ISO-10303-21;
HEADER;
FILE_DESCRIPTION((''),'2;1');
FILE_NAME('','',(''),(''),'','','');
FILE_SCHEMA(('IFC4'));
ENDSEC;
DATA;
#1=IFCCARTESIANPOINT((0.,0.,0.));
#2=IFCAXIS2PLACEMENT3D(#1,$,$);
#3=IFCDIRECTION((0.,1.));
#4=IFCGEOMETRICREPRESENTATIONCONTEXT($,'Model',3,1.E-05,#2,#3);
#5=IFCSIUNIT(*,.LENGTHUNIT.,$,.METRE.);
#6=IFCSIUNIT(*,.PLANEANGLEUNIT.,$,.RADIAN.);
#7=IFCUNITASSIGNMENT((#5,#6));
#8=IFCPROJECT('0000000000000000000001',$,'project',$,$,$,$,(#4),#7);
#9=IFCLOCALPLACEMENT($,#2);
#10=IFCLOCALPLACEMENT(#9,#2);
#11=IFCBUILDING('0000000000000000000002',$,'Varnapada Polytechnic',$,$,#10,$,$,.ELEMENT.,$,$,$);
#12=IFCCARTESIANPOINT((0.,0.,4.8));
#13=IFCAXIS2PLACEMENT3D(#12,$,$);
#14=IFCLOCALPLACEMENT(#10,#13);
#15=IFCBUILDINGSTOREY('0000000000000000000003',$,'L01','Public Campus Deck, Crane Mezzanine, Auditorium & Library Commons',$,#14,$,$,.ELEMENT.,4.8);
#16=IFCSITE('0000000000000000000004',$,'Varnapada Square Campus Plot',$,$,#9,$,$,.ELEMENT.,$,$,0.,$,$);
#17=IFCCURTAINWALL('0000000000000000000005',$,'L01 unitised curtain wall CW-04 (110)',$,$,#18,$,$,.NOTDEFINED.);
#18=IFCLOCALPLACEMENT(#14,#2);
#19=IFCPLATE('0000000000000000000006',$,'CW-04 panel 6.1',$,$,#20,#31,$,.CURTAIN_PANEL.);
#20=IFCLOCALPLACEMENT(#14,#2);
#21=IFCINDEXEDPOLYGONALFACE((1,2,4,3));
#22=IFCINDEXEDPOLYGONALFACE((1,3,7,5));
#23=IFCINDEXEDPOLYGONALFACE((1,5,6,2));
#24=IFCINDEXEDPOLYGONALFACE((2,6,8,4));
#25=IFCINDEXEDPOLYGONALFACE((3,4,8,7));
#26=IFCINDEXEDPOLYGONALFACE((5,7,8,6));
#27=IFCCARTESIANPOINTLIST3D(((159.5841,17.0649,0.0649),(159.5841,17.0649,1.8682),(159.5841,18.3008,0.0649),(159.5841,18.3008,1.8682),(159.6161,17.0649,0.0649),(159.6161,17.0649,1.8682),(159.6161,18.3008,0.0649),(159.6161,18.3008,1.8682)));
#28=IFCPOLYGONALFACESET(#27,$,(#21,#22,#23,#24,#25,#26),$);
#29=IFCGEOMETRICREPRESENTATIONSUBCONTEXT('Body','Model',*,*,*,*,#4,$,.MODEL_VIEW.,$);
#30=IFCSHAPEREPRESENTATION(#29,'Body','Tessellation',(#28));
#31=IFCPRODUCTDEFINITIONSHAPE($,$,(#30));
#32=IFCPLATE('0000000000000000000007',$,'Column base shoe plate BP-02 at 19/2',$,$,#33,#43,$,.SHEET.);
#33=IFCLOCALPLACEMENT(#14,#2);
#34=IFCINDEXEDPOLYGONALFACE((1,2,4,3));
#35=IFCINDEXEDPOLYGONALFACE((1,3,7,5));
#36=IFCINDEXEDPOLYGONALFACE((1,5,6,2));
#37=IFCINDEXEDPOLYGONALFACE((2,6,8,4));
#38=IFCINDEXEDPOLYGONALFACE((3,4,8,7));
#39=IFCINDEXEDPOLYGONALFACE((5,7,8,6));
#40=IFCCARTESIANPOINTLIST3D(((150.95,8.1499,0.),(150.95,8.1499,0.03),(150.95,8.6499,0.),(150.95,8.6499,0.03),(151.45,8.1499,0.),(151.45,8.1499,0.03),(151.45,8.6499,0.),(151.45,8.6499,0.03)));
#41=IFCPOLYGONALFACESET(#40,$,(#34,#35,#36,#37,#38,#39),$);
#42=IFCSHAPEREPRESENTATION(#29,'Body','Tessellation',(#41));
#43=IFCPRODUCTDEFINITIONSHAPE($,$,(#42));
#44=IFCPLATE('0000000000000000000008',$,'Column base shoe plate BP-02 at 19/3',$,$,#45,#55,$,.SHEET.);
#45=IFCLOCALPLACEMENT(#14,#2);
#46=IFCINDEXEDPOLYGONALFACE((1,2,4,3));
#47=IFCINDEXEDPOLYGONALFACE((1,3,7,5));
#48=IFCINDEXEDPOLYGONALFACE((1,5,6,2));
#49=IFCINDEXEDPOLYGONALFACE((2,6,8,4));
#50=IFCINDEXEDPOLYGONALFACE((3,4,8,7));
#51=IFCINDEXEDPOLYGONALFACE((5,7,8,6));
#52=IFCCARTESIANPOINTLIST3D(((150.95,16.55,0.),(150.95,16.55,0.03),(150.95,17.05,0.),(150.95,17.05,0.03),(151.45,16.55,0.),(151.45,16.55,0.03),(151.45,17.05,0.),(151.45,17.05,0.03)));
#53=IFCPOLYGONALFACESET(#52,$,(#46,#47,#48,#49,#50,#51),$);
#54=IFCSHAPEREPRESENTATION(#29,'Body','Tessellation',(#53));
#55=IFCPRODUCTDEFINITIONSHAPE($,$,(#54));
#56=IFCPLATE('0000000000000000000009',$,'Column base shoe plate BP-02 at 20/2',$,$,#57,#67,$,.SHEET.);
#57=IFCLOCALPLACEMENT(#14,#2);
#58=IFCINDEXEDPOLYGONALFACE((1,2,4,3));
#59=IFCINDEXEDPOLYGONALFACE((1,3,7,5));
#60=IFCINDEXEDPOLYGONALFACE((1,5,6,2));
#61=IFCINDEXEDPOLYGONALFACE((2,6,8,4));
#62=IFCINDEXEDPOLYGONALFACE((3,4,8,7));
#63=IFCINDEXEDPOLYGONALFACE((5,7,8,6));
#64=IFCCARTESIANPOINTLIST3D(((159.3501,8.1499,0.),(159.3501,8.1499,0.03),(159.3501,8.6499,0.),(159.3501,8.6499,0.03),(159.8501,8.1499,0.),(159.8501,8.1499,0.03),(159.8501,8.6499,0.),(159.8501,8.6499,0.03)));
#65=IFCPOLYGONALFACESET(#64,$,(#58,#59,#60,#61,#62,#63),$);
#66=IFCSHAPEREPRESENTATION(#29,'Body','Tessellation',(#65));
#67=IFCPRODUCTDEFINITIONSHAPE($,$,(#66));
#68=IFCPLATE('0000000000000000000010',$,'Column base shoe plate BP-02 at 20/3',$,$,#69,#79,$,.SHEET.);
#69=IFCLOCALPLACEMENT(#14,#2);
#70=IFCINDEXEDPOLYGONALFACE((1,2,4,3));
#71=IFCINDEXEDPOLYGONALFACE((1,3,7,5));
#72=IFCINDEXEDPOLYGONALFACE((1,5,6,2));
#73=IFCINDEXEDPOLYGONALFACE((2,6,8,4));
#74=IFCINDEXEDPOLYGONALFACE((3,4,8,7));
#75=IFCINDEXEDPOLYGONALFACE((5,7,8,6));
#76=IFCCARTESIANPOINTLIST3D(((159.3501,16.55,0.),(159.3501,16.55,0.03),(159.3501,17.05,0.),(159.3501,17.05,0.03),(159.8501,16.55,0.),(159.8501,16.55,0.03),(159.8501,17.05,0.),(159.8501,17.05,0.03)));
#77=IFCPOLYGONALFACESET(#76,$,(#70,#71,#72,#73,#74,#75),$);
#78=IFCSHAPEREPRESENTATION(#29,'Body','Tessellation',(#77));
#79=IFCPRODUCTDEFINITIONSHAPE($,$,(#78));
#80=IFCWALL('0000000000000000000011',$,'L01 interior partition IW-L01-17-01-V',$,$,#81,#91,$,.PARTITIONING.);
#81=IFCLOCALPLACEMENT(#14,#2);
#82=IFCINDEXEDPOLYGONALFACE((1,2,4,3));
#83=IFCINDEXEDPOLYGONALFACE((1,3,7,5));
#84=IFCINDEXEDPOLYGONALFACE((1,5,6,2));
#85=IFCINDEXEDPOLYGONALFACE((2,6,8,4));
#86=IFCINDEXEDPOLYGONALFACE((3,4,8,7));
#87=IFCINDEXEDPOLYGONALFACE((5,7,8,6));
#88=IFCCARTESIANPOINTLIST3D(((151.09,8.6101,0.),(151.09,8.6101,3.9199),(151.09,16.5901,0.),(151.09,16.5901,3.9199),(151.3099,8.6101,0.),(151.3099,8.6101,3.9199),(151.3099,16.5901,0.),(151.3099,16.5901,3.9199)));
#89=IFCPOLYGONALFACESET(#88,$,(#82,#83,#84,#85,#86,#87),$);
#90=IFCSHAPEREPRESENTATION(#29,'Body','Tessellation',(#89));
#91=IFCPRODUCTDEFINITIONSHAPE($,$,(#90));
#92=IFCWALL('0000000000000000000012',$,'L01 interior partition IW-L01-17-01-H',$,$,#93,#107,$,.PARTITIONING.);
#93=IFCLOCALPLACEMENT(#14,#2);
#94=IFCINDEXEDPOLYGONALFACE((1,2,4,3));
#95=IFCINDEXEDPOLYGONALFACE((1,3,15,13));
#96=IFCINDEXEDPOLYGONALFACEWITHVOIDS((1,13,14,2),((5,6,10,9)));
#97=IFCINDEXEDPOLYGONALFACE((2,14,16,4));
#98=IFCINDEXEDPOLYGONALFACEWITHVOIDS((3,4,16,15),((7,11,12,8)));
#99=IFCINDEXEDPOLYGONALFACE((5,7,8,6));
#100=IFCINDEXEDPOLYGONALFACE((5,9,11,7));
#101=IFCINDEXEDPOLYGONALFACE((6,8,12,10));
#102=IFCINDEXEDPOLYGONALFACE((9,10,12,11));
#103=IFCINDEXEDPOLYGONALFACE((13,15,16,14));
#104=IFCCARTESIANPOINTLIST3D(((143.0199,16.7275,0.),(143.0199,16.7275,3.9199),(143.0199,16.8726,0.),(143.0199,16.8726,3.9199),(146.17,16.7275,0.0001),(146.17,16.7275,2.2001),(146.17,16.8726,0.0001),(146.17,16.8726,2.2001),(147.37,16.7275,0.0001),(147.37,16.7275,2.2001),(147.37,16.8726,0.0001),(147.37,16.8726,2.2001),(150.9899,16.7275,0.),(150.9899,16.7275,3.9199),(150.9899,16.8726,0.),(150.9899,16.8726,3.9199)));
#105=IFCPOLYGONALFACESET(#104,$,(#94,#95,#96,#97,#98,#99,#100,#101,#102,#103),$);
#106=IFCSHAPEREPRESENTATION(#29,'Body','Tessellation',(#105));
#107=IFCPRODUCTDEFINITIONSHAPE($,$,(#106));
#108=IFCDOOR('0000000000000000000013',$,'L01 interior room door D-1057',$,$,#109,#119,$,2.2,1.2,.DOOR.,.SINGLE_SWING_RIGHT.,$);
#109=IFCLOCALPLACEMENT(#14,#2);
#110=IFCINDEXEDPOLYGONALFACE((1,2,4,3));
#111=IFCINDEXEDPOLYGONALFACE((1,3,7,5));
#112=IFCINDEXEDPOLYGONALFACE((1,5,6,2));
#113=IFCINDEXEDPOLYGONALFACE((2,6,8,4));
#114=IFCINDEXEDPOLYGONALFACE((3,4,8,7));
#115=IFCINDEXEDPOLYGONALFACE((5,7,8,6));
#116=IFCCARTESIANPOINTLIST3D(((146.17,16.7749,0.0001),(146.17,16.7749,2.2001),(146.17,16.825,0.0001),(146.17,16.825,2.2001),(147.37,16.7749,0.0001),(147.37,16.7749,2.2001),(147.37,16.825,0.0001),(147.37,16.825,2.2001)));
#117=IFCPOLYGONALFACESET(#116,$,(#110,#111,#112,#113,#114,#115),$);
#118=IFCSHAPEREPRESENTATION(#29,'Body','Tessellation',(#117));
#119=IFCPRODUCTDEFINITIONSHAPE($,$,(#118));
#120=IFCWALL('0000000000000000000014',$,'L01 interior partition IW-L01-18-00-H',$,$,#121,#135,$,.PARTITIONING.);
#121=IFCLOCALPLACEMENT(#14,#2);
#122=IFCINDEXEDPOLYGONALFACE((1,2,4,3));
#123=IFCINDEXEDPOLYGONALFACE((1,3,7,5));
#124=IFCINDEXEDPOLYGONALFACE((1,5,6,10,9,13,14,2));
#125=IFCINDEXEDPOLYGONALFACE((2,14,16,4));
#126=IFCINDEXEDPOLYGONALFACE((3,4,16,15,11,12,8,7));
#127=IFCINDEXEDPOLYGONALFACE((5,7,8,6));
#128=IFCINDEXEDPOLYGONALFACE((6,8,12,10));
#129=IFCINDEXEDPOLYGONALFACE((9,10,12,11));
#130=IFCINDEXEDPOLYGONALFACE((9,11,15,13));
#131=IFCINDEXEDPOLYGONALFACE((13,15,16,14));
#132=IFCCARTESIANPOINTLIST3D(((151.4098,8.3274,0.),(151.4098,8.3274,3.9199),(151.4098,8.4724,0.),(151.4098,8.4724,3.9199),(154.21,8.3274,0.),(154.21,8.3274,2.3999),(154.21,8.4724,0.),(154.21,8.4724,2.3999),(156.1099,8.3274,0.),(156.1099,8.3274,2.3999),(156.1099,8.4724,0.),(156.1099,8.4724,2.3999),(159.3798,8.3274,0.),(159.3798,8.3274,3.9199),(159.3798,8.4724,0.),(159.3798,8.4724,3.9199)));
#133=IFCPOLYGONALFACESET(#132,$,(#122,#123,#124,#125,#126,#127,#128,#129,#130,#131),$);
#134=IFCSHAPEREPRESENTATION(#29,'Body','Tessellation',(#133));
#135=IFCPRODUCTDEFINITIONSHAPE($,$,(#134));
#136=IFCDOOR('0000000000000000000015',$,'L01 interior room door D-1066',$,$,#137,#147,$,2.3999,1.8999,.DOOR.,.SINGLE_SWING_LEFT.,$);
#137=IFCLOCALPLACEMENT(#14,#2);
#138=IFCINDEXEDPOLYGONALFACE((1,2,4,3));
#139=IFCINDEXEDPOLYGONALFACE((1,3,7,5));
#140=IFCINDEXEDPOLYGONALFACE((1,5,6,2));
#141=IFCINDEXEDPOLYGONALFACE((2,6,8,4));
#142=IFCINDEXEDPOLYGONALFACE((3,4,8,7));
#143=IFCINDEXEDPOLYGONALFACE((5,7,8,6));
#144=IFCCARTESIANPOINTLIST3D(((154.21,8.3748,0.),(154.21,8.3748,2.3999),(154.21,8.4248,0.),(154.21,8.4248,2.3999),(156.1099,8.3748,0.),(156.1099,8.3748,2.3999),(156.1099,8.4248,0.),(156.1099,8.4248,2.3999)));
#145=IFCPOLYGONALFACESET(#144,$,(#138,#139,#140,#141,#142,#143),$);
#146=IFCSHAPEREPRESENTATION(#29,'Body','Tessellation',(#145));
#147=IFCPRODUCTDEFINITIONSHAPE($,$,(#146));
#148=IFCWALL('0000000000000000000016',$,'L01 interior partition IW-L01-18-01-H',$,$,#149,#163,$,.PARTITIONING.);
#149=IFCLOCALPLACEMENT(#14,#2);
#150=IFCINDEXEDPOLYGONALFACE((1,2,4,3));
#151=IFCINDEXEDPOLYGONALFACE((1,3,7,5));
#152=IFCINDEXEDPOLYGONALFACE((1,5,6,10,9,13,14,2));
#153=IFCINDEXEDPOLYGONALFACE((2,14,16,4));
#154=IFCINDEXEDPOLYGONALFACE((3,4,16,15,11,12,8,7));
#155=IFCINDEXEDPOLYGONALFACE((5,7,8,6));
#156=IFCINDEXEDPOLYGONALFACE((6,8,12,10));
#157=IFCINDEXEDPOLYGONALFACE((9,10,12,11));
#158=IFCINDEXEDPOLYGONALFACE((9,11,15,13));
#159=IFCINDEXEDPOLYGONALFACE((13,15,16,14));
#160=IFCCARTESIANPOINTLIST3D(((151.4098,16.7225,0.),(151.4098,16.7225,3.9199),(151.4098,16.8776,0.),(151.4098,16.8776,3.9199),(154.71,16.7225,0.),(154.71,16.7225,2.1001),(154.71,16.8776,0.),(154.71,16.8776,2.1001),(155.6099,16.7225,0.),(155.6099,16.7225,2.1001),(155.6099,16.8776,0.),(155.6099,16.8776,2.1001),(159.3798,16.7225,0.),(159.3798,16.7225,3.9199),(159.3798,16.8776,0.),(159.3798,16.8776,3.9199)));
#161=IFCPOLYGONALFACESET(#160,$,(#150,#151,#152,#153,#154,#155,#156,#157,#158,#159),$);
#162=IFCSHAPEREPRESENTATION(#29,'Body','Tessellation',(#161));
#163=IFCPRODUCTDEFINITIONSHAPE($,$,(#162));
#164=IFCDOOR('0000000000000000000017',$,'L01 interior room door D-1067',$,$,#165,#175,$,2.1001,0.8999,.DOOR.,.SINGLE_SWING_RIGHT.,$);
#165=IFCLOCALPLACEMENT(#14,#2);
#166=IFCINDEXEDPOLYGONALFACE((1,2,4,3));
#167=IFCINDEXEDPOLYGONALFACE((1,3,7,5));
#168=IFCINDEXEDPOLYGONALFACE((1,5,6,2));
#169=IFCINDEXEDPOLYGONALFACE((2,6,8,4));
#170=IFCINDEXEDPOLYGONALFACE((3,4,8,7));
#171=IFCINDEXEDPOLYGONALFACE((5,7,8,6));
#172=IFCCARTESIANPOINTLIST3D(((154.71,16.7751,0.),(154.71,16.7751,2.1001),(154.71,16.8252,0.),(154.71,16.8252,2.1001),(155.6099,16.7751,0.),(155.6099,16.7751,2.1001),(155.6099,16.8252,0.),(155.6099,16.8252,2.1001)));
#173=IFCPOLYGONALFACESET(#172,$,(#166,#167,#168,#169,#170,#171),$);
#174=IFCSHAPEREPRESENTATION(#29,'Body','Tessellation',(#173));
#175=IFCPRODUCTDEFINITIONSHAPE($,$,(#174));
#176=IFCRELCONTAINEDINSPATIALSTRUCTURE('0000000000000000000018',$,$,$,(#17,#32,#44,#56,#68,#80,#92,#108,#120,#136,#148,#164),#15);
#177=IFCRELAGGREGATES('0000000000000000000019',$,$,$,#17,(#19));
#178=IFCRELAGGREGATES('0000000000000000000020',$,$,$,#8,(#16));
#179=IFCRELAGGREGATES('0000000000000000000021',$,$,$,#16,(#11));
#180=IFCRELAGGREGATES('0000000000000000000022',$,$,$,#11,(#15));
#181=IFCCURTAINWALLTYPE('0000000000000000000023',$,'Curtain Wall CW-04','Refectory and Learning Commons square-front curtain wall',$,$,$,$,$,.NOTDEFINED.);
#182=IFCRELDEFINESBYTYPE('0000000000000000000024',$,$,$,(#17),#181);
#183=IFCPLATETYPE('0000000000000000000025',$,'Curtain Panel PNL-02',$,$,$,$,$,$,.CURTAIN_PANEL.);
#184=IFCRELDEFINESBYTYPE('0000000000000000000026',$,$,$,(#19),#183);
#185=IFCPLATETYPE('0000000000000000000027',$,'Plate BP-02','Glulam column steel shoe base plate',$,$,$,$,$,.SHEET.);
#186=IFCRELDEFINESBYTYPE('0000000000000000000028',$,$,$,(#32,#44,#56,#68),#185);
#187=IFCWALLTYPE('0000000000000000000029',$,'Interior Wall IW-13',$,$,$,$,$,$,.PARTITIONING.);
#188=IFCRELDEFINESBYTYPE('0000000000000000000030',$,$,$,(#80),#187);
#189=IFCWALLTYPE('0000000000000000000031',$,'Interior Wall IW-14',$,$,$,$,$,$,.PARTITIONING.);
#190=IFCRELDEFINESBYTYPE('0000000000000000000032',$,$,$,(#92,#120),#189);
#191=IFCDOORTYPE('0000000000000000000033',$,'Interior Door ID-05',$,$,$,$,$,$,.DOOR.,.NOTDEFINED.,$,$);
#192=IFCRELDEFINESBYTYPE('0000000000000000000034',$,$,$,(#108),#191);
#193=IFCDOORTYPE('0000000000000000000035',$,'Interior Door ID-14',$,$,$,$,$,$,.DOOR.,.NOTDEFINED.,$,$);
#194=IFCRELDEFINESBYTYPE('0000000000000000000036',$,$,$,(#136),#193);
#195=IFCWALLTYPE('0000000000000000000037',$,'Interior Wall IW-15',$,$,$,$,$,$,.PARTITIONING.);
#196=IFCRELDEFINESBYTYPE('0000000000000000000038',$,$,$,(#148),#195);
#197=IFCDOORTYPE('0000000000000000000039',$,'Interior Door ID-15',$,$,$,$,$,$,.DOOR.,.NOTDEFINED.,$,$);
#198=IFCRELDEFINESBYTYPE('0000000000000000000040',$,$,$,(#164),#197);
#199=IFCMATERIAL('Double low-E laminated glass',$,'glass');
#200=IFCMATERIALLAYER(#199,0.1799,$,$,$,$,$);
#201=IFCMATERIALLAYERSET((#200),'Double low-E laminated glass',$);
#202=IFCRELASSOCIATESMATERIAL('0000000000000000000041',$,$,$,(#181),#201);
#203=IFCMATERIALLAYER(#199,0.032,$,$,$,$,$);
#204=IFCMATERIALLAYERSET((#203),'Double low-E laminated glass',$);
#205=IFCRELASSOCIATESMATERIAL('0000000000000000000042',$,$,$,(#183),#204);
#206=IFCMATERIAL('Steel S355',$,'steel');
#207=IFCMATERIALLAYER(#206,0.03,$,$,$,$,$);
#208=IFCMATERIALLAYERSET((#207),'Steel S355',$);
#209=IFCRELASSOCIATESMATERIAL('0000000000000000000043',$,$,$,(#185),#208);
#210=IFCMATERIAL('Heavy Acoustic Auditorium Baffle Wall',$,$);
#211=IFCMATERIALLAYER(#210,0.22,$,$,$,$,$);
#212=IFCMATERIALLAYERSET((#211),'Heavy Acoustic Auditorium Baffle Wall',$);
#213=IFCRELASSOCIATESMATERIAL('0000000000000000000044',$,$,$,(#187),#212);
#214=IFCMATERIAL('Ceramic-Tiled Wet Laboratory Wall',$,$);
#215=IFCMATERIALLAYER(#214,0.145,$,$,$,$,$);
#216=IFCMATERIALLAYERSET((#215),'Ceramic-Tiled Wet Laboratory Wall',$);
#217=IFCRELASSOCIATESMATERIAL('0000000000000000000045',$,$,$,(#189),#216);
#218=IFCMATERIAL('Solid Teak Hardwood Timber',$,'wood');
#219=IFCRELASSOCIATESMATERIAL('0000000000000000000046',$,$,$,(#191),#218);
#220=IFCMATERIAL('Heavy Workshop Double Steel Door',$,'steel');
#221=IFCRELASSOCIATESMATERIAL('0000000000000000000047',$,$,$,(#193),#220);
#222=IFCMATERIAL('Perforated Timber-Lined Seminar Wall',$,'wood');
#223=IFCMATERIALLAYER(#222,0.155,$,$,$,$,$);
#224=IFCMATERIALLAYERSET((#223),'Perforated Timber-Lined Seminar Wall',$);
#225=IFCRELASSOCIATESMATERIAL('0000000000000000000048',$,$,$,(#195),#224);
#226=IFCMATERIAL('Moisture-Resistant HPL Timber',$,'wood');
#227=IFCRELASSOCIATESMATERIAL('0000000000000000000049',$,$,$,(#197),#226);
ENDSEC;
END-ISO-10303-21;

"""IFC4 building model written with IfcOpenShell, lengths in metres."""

from ifc_helpers import new_model, si_unit, direction, frame, frame_2d, origin, origin_2d, place, context, subcontext, project, spatial, rectangle, extrude, material, layer, layer_set, type_object, element, fill, aggregate, save


model = new_model("IFC4")

# Units and contexts
model_context = context("Model", 3, precision=1e-05, world=origin(), true_north=direction((0.0, 1.0)))
body_context = subcontext(model_context, "Body", "Model", "MODEL_VIEW")
ifc_project = project(units=[si_unit("LENGTHUNIT", "METRE"), si_unit("PLANEANGLEUNIT", "RADIAN")], contexts=[model_context])

# Site, building, storey
site_placement = place(None, origin())
site = spatial("IfcSite", under=ifc_project, at=site_placement, Name="Varnapada Square Campus Plot", CompositionType="ELEMENT", RefElevation=0.0)
building_placement = place(site_placement, origin())
building = spatial("IfcBuilding", under=site, at=building_placement, Name="Varnapada Polytechnic", CompositionType="ELEMENT")
storey_placement = place(building_placement, frame((0.0, 0.0, 4.8)))
storey = spatial("IfcBuildingStorey", under=building, at=storey_placement, Name="L01", Description="Public Campus Deck, Crane Mezzanine, Auditorium & Library Commons", CompositionType="ELEMENT", Elevation=4.8)

# Curtain wall
ifc_material_1 = material(Name="Double low-E laminated glass", Category="glass")
ifc_layer_1 = layer(ifc_material_1, 0.1799)
ifc_layer_set_1 = layer_set([ifc_layer_1], Name="Double low-E laminated glass")
curtain_wall_type = type_object("IfcCurtainWallType", Name="Curtain Wall CW-04", Description="Refectory and Learning Commons square-front curtain wall", PredefinedType="NOTDEFINED", material=ifc_layer_set_1)
curtain_wall_placement = place(storey_placement, origin())
curtain_wall = element("IfcCurtainWall", 1, at=curtain_wall_placement, inside=storey, type_object=curtain_wall_type, Name="L01 unitised curtain wall CW-04 (110)", PredefinedType="NOTDEFINED")

# Plate
ifc_layer_2 = layer(ifc_material_1, 0.032)
ifc_layer_set_2 = layer_set([ifc_layer_2], Name="Double low-E laminated glass")
plate_type_1 = type_object("IfcPlateType", Name="Curtain Panel PNL-02", PredefinedType="CURTAIN_PANEL", material=ifc_layer_set_2)
plate_placement = place(storey_placement, frame((159.6001, 17.6829, 0.0649), z_axis=(0.0, 0.0, 1.0), x_axis=(0.0, -1.0, 0.0)))
plate = element("IfcPlate", 2, at=plate_placement, type_object=plate_type_1, Name="CW-04 panel 6.1", PredefinedType="CURTAIN_PANEL", context=body_context, shape_type="SweptSolid", body=[
    extrude(rectangle(XDim=1.2358, YDim=0.032, at=origin_2d()), origin(), (0.0, 0.0, 1.0), 1.8032),
])
aggregate(curtain_wall, [plate])

# Plates
ifc_material_2 = material(Name="Steel S355", Category="steel")
ifc_layer_3 = layer(ifc_material_2, 0.03)
ifc_layer_set_3 = layer_set([ifc_layer_3], Name="Steel S355")
plate_type_2 = type_object("IfcPlateType", Name="Plate BP-02", Description="Glulam column steel shoe base plate", PredefinedType="SHEET", material=ifc_layer_set_3)
for number, where, z_axis, x_axis, name in (
    (3, (151.2, 8.3999, 0.0), (0.0, 0.0, 1.0), (1.0, 0.0, 0.0), "Column base shoe plate BP-02 at 19/2"),
    (4, (151.2, 16.8, 0.0), (0.0, 0.0, 1.0), (1.0, 0.0, 0.0), "Column base shoe plate BP-02 at 19/3"),
    (5, (159.6001, 8.3999, 0.0), (0.0, 0.0, 1.0), (1.0, 0.0, 0.0), "Column base shoe plate BP-02 at 20/2"),
    (6, (159.6001, 16.8, 0.0), (0.0, 0.0, 1.0), (1.0, 0.0, 0.0), "Column base shoe plate BP-02 at 20/3"),
):
    element("IfcPlate", number, at=place(storey_placement, frame(where, z_axis=z_axis, x_axis=x_axis)), inside=storey, type_object=plate_type_2, Name=name, PredefinedType="SHEET", context=body_context, shape_type="SweptSolid", body=[
        extrude(rectangle(XDim=0.5, YDim=0.5, at=origin_2d()), origin(), (0.0, 0.0, 1.0), 0.03),
    ])

# Wall
ifc_material_3 = material(Name="Heavy Acoustic Auditorium Baffle Wall")
ifc_layer_4 = layer(ifc_material_3, 0.22)
ifc_layer_set_4 = layer_set([ifc_layer_4], Name="Heavy Acoustic Auditorium Baffle Wall")
wall_type_1 = type_object("IfcWallType", Name="Interior Wall IW-13", PredefinedType="PARTITIONING", material=ifc_layer_set_4)
wall_1_placement = place(storey_placement, frame((151.2, 8.6101, 0.0), z_axis=(0.0, 0.0, 1.0), x_axis=(0.0, 1.0, 0.0)))
element("IfcWall", 7, at=wall_1_placement, inside=storey, type_object=wall_type_1, Name="L01 interior partition IW-L01-17-01-V", PredefinedType="PARTITIONING", context=body_context, shape_type="SweptSolid", body=[
    extrude(rectangle(XDim=7.98, YDim=0.22, at=frame_2d((3.99, 0.0))), origin(), (0.0, 0.0, 1.0), 3.9199),
])

# Walls, openings, doors
ifc_material_4 = material(Name="Ceramic-Tiled Wet Laboratory Wall")
ifc_layer_5 = layer(ifc_material_4, 0.145)
ifc_layer_set_5 = layer_set([ifc_layer_5], Name="Ceramic-Tiled Wet Laboratory Wall")
wall_type_2 = type_object("IfcWallType", Name="Interior Wall IW-14", PredefinedType="PARTITIONING", material=ifc_layer_set_5)
wall_2_placement = place(storey_placement, frame((143.02, 16.8, 0.0), z_axis=(0.0, 0.0, 1.0), x_axis=(1.0, 0.0, 0.0)))
wall_2 = element("IfcWall", 8, at=wall_2_placement, inside=storey, type_object=wall_type_2, Name="L01 interior partition IW-L01-17-01-H", PredefinedType="PARTITIONING", context=body_context, shape_type="SweptSolid", body=[
    extrude(rectangle(XDim=7.97, YDim=0.145, at=frame_2d((3.9849, 0.0))), origin(), (0.0, 0.0, 1.0), 3.9199),
])
opening_1_placement = place(wall_2_placement, frame((3.1499, 0.0, 0.0)))
opening_1 = element("IfcOpeningElement", 9, at=opening_1_placement, cuts=wall_2, PredefinedType="OPENING", context=body_context, shape_type="SweptSolid", body=[
    extrude(rectangle(XDim=1.2, YDim=2.2, at=frame_2d((0.6001, 1.1001))), frame((0.0, 0.0825, 0.0), z_axis=(0.0, -1.0, 0.0), x_axis=(1.0, 0.0, 0.0)), (0.0, 0.0, 1.0), 0.165),
])
ifc_material_5 = material(Name="Solid Teak Hardwood Timber", Category="wood")
door_type_1 = type_object("IfcDoorType", Name="Interior Door ID-05", OperationType="NOTDEFINED", PredefinedType="DOOR", material=ifc_material_5)
door_1_placement = place(opening_1_placement, origin())
door_1 = element("IfcDoor", 10, at=door_1_placement, inside=storey, type_object=door_type_1, Name="L01 interior room door D-1057", OperationType="SINGLE_SWING_RIGHT", OverallHeight=2.2, OverallWidth=1.2, PredefinedType="DOOR", context=body_context, shape_type="SweptSolid", body=[
    extrude(rectangle(XDim=1.2, YDim=2.2, at=frame_2d((0.6001, 1.1001))), frame((0.0, 0.0249, 0.0), z_axis=(0.0, -1.0, 0.0), x_axis=(1.0, 0.0, 0.0)), (0.0, 0.0, 1.0), 0.05),
])
fill(opening_1, door_1)
wall_3_placement = place(storey_placement, frame((151.4099, 8.3999, 0.0), z_axis=(0.0, 0.0, 1.0), x_axis=(1.0, 0.0, 0.0)))
wall_3 = element("IfcWall", 11, at=wall_3_placement, inside=storey, type_object=wall_type_2, Name="L01 interior partition IW-L01-18-00-H", PredefinedType="PARTITIONING", context=body_context, shape_type="SweptSolid", body=[
    extrude(rectangle(XDim=7.97, YDim=0.145, at=frame_2d((3.9849, 0.0))), origin(), (0.0, 0.0, 1.0), 3.9199),
])
opening_2_placement = place(wall_3_placement, frame((2.8, 0.0, 0.0)))
opening_2 = element("IfcOpeningElement", 12, at=opening_2_placement, cuts=wall_3, PredefinedType="OPENING", context=body_context, shape_type="SweptSolid", body=[
    extrude(rectangle(XDim=1.8999, YDim=2.3999, at=frame_2d((0.95, 1.2))), frame((0.0, 0.0825, 0.0), z_axis=(0.0, -1.0, 0.0), x_axis=(1.0, 0.0, 0.0)), (0.0, 0.0, 1.0), 0.165),
])
ifc_material_6 = material(Name="Heavy Workshop Double Steel Door", Category="steel")
door_type_2 = type_object("IfcDoorType", Name="Interior Door ID-14", OperationType="NOTDEFINED", PredefinedType="DOOR", material=ifc_material_6)
door_2_placement = place(opening_2_placement, origin())
door_2 = element("IfcDoor", 13, at=door_2_placement, inside=storey, type_object=door_type_2, Name="L01 interior room door D-1066", OperationType="SINGLE_SWING_LEFT", OverallHeight=2.3999, OverallWidth=1.8999, PredefinedType="DOOR", context=body_context, shape_type="SweptSolid", body=[
    extrude(rectangle(XDim=1.8999, YDim=2.3999, at=frame_2d((0.95, 1.2))), frame((0.0, 0.0249, 0.0), z_axis=(0.0, -1.0, 0.0), x_axis=(1.0, 0.0, 0.0)), (0.0, 0.0, 1.0), 0.05),
])
fill(opening_2, door_2)
ifc_material_7 = material(Name="Perforated Timber-Lined Seminar Wall", Category="wood")
ifc_layer_6 = layer(ifc_material_7, 0.155)
ifc_layer_set_6 = layer_set([ifc_layer_6], Name="Perforated Timber-Lined Seminar Wall")
wall_type_3 = type_object("IfcWallType", Name="Interior Wall IW-15", PredefinedType="PARTITIONING", material=ifc_layer_set_6)
wall_4_placement = place(storey_placement, frame((151.4099, 16.8, 0.0), z_axis=(0.0, 0.0, 1.0), x_axis=(1.0, 0.0, 0.0)))
wall_4 = element("IfcWall", 14, at=wall_4_placement, inside=storey, type_object=wall_type_3, Name="L01 interior partition IW-L01-18-01-H", PredefinedType="PARTITIONING", context=body_context, shape_type="SweptSolid", body=[
    extrude(rectangle(XDim=7.97, YDim=0.155, at=frame_2d((3.9849, 0.0))), origin(), (0.0, 0.0, 1.0), 3.9199),
])
opening_3_placement = place(wall_4_placement, frame((3.3, 0.0, 0.0)))
opening_3 = element("IfcOpeningElement", 15, at=opening_3_placement, cuts=wall_4, PredefinedType="OPENING", context=body_context, shape_type="SweptSolid", body=[
    extrude(rectangle(XDim=0.8999, YDim=2.1001, at=frame_2d((0.45, 1.05))), frame((0.0, 0.0874, 0.0), z_axis=(0.0, -1.0, 0.0), x_axis=(1.0, 0.0, 0.0)), (0.0, 0.0, 1.0), 0.175),
])
ifc_material_8 = material(Name="Moisture-Resistant HPL Timber", Category="wood")
door_type_3 = type_object("IfcDoorType", Name="Interior Door ID-15", OperationType="NOTDEFINED", PredefinedType="DOOR", material=ifc_material_8)
door_3_placement = place(opening_3_placement, frame((0.8999, 0.0, 0.0), z_axis=(0.0, 0.0, 1.0), x_axis=(-1.0, 0.0, 0.0)))
door_3 = element("IfcDoor", 16, at=door_3_placement, inside=storey, type_object=door_type_3, Name="L01 interior room door D-1067", OperationType="SINGLE_SWING_RIGHT", OverallHeight=2.1001, OverallWidth=0.8999, PredefinedType="DOOR", context=body_context, shape_type="SweptSolid", body=[
    extrude(rectangle(XDim=0.8999, YDim=2.1001, at=frame_2d((0.45, 1.05))), frame((0.0, 0.0249, 0.0), z_axis=(0.0, -1.0, 0.0), x_axis=(1.0, 0.0, 0.0)), (0.0, 0.0, 1.0), 0.05),
])
fill(opening_3, door_3)

save(model, "model.ifc")
